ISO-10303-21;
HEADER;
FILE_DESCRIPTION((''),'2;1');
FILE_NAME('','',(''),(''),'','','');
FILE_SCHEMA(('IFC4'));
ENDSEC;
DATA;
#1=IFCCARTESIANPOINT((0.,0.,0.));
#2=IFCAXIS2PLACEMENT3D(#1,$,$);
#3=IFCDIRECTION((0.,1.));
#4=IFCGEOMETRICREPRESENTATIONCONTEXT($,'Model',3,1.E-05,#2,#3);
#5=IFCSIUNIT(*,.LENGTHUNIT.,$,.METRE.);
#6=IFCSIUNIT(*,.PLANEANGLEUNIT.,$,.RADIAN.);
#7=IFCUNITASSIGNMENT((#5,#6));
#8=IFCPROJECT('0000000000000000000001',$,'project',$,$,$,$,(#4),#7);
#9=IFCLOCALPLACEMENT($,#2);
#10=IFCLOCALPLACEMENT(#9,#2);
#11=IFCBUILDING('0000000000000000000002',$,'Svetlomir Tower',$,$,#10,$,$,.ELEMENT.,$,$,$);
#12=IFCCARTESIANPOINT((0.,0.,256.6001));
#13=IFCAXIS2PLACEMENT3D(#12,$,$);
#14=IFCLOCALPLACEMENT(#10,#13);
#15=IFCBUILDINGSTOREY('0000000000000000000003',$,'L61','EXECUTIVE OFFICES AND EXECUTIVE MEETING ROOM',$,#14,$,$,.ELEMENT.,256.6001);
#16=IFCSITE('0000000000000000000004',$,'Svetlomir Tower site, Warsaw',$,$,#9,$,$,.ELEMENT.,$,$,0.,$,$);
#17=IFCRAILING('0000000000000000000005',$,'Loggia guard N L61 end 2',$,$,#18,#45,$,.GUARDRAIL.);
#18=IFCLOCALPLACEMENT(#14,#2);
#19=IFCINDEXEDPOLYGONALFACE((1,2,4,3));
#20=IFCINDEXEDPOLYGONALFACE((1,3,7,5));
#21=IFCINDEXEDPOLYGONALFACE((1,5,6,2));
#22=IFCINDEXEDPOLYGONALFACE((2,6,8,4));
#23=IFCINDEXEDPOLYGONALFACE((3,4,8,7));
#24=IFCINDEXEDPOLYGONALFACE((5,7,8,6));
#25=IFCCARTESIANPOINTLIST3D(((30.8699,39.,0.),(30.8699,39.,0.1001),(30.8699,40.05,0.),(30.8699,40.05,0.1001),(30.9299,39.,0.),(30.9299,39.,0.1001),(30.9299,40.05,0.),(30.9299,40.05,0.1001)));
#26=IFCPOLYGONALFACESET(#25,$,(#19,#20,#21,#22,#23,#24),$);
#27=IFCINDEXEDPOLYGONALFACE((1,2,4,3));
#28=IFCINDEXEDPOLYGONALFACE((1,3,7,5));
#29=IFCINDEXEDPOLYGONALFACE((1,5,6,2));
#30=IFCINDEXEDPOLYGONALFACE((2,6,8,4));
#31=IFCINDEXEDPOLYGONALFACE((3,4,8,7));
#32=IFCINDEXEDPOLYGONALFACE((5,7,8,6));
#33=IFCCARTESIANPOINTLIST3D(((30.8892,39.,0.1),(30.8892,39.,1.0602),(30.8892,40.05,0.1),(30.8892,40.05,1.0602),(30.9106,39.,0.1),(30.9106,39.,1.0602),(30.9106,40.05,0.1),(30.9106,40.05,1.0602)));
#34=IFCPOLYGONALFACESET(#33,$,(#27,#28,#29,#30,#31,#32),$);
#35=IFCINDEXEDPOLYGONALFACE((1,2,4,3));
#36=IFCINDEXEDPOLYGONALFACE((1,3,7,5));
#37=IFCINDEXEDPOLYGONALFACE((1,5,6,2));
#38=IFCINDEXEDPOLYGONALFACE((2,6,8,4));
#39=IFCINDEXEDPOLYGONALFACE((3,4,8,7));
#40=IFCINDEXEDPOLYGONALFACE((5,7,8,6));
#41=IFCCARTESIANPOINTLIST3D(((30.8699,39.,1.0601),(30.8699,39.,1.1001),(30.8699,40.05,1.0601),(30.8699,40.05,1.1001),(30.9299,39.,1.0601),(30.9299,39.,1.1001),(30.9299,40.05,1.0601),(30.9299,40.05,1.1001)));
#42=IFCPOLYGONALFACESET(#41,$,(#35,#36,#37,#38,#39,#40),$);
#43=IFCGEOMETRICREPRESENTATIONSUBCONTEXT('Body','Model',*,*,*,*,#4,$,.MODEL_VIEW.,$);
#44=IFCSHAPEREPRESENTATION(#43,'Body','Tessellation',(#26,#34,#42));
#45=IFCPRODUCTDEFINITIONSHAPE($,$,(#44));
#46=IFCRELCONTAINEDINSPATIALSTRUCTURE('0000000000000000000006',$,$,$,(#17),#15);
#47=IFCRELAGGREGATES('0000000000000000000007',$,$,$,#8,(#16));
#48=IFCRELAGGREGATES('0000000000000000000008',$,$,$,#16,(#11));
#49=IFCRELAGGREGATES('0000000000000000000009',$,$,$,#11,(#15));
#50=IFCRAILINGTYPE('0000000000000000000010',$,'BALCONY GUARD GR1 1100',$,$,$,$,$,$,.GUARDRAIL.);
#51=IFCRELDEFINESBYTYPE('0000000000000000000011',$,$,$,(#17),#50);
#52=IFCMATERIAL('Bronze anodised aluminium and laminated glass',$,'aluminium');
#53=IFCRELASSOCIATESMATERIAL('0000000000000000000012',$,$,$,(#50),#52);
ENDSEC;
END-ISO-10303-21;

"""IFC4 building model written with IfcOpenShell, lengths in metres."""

from ifc_helpers import new_model, si_unit, direction, frame, origin, origin_2d, place, context, subcontext, project, spatial, rectangle, extrude, material, type_object, element, save


model = new_model("IFC4")

# Units and contexts
model_context = context("Model", 3, precision=1e-05, world=origin(), true_north=direction((0.0, 1.0)))
body_context = subcontext(model_context, "Body", "Model", "MODEL_VIEW")
ifc_project = project(units=[si_unit("LENGTHUNIT", "METRE"), si_unit("PLANEANGLEUNIT", "RADIAN")], contexts=[model_context])

# Site, building, storey
site_placement = place(None, origin())
site = spatial("IfcSite", under=ifc_project, at=site_placement, Name="Svetlomir Tower site, Warsaw", CompositionType="ELEMENT", RefElevation=0.0)
building_placement = place(site_placement, origin())
building = spatial("IfcBuilding", under=site, at=building_placement, Name="Svetlomir Tower", CompositionType="ELEMENT")
storey_placement = place(building_placement, frame((0.0, 0.0, 256.6001)))
storey = spatial("IfcBuildingStorey", under=building, at=storey_placement, Name="L61", Description="EXECUTIVE OFFICES AND EXECUTIVE MEETING ROOM", CompositionType="ELEMENT", Elevation=256.6001)

# Railing
ifc_material_1 = material(Name="Bronze anodised aluminium and laminated glass", Category="aluminium")
railing_type = type_object("IfcRailingType", Name="BALCONY GUARD GR1 1100", PredefinedType="GUARDRAIL", material=ifc_material_1)
railing_1_placement = place(storey_placement, frame((30.8999, 40.05, 0.0)))
element("IfcRailing", 1, at=railing_1_placement, inside=storey, type_object=railing_type, Name="Loggia guard N L61 end 2", PredefinedType="GUARDRAIL", context=body_context, shape_type="SweptSolid", body=[
    extrude(rectangle(XDim=0.0601, YDim=0.1001, at=origin_2d()), frame((0.0, 0.0, 0.05), z_axis=(0.0, -1.0, 0.0), x_axis=(1.0, 0.0, 0.0)), (0.0, 0.0, 1.0), 1.05),
    extrude(rectangle(XDim=0.0215, YDim=0.9602, at=origin_2d()), frame((0.0, 0.0, 0.5801), z_axis=(0.0, -1.0, 0.0), x_axis=(1.0, 0.0, 0.0)), (0.0, 0.0, 1.0), 1.05),
    extrude(rectangle(XDim=0.0601, YDim=0.04, at=origin_2d()), frame((0.0, 0.0, 1.0801), z_axis=(0.0, -1.0, 0.0), x_axis=(1.0, 0.0, 0.0)), (0.0, 0.0, 1.0), 1.05),
])

save(model, "model.ifc")
